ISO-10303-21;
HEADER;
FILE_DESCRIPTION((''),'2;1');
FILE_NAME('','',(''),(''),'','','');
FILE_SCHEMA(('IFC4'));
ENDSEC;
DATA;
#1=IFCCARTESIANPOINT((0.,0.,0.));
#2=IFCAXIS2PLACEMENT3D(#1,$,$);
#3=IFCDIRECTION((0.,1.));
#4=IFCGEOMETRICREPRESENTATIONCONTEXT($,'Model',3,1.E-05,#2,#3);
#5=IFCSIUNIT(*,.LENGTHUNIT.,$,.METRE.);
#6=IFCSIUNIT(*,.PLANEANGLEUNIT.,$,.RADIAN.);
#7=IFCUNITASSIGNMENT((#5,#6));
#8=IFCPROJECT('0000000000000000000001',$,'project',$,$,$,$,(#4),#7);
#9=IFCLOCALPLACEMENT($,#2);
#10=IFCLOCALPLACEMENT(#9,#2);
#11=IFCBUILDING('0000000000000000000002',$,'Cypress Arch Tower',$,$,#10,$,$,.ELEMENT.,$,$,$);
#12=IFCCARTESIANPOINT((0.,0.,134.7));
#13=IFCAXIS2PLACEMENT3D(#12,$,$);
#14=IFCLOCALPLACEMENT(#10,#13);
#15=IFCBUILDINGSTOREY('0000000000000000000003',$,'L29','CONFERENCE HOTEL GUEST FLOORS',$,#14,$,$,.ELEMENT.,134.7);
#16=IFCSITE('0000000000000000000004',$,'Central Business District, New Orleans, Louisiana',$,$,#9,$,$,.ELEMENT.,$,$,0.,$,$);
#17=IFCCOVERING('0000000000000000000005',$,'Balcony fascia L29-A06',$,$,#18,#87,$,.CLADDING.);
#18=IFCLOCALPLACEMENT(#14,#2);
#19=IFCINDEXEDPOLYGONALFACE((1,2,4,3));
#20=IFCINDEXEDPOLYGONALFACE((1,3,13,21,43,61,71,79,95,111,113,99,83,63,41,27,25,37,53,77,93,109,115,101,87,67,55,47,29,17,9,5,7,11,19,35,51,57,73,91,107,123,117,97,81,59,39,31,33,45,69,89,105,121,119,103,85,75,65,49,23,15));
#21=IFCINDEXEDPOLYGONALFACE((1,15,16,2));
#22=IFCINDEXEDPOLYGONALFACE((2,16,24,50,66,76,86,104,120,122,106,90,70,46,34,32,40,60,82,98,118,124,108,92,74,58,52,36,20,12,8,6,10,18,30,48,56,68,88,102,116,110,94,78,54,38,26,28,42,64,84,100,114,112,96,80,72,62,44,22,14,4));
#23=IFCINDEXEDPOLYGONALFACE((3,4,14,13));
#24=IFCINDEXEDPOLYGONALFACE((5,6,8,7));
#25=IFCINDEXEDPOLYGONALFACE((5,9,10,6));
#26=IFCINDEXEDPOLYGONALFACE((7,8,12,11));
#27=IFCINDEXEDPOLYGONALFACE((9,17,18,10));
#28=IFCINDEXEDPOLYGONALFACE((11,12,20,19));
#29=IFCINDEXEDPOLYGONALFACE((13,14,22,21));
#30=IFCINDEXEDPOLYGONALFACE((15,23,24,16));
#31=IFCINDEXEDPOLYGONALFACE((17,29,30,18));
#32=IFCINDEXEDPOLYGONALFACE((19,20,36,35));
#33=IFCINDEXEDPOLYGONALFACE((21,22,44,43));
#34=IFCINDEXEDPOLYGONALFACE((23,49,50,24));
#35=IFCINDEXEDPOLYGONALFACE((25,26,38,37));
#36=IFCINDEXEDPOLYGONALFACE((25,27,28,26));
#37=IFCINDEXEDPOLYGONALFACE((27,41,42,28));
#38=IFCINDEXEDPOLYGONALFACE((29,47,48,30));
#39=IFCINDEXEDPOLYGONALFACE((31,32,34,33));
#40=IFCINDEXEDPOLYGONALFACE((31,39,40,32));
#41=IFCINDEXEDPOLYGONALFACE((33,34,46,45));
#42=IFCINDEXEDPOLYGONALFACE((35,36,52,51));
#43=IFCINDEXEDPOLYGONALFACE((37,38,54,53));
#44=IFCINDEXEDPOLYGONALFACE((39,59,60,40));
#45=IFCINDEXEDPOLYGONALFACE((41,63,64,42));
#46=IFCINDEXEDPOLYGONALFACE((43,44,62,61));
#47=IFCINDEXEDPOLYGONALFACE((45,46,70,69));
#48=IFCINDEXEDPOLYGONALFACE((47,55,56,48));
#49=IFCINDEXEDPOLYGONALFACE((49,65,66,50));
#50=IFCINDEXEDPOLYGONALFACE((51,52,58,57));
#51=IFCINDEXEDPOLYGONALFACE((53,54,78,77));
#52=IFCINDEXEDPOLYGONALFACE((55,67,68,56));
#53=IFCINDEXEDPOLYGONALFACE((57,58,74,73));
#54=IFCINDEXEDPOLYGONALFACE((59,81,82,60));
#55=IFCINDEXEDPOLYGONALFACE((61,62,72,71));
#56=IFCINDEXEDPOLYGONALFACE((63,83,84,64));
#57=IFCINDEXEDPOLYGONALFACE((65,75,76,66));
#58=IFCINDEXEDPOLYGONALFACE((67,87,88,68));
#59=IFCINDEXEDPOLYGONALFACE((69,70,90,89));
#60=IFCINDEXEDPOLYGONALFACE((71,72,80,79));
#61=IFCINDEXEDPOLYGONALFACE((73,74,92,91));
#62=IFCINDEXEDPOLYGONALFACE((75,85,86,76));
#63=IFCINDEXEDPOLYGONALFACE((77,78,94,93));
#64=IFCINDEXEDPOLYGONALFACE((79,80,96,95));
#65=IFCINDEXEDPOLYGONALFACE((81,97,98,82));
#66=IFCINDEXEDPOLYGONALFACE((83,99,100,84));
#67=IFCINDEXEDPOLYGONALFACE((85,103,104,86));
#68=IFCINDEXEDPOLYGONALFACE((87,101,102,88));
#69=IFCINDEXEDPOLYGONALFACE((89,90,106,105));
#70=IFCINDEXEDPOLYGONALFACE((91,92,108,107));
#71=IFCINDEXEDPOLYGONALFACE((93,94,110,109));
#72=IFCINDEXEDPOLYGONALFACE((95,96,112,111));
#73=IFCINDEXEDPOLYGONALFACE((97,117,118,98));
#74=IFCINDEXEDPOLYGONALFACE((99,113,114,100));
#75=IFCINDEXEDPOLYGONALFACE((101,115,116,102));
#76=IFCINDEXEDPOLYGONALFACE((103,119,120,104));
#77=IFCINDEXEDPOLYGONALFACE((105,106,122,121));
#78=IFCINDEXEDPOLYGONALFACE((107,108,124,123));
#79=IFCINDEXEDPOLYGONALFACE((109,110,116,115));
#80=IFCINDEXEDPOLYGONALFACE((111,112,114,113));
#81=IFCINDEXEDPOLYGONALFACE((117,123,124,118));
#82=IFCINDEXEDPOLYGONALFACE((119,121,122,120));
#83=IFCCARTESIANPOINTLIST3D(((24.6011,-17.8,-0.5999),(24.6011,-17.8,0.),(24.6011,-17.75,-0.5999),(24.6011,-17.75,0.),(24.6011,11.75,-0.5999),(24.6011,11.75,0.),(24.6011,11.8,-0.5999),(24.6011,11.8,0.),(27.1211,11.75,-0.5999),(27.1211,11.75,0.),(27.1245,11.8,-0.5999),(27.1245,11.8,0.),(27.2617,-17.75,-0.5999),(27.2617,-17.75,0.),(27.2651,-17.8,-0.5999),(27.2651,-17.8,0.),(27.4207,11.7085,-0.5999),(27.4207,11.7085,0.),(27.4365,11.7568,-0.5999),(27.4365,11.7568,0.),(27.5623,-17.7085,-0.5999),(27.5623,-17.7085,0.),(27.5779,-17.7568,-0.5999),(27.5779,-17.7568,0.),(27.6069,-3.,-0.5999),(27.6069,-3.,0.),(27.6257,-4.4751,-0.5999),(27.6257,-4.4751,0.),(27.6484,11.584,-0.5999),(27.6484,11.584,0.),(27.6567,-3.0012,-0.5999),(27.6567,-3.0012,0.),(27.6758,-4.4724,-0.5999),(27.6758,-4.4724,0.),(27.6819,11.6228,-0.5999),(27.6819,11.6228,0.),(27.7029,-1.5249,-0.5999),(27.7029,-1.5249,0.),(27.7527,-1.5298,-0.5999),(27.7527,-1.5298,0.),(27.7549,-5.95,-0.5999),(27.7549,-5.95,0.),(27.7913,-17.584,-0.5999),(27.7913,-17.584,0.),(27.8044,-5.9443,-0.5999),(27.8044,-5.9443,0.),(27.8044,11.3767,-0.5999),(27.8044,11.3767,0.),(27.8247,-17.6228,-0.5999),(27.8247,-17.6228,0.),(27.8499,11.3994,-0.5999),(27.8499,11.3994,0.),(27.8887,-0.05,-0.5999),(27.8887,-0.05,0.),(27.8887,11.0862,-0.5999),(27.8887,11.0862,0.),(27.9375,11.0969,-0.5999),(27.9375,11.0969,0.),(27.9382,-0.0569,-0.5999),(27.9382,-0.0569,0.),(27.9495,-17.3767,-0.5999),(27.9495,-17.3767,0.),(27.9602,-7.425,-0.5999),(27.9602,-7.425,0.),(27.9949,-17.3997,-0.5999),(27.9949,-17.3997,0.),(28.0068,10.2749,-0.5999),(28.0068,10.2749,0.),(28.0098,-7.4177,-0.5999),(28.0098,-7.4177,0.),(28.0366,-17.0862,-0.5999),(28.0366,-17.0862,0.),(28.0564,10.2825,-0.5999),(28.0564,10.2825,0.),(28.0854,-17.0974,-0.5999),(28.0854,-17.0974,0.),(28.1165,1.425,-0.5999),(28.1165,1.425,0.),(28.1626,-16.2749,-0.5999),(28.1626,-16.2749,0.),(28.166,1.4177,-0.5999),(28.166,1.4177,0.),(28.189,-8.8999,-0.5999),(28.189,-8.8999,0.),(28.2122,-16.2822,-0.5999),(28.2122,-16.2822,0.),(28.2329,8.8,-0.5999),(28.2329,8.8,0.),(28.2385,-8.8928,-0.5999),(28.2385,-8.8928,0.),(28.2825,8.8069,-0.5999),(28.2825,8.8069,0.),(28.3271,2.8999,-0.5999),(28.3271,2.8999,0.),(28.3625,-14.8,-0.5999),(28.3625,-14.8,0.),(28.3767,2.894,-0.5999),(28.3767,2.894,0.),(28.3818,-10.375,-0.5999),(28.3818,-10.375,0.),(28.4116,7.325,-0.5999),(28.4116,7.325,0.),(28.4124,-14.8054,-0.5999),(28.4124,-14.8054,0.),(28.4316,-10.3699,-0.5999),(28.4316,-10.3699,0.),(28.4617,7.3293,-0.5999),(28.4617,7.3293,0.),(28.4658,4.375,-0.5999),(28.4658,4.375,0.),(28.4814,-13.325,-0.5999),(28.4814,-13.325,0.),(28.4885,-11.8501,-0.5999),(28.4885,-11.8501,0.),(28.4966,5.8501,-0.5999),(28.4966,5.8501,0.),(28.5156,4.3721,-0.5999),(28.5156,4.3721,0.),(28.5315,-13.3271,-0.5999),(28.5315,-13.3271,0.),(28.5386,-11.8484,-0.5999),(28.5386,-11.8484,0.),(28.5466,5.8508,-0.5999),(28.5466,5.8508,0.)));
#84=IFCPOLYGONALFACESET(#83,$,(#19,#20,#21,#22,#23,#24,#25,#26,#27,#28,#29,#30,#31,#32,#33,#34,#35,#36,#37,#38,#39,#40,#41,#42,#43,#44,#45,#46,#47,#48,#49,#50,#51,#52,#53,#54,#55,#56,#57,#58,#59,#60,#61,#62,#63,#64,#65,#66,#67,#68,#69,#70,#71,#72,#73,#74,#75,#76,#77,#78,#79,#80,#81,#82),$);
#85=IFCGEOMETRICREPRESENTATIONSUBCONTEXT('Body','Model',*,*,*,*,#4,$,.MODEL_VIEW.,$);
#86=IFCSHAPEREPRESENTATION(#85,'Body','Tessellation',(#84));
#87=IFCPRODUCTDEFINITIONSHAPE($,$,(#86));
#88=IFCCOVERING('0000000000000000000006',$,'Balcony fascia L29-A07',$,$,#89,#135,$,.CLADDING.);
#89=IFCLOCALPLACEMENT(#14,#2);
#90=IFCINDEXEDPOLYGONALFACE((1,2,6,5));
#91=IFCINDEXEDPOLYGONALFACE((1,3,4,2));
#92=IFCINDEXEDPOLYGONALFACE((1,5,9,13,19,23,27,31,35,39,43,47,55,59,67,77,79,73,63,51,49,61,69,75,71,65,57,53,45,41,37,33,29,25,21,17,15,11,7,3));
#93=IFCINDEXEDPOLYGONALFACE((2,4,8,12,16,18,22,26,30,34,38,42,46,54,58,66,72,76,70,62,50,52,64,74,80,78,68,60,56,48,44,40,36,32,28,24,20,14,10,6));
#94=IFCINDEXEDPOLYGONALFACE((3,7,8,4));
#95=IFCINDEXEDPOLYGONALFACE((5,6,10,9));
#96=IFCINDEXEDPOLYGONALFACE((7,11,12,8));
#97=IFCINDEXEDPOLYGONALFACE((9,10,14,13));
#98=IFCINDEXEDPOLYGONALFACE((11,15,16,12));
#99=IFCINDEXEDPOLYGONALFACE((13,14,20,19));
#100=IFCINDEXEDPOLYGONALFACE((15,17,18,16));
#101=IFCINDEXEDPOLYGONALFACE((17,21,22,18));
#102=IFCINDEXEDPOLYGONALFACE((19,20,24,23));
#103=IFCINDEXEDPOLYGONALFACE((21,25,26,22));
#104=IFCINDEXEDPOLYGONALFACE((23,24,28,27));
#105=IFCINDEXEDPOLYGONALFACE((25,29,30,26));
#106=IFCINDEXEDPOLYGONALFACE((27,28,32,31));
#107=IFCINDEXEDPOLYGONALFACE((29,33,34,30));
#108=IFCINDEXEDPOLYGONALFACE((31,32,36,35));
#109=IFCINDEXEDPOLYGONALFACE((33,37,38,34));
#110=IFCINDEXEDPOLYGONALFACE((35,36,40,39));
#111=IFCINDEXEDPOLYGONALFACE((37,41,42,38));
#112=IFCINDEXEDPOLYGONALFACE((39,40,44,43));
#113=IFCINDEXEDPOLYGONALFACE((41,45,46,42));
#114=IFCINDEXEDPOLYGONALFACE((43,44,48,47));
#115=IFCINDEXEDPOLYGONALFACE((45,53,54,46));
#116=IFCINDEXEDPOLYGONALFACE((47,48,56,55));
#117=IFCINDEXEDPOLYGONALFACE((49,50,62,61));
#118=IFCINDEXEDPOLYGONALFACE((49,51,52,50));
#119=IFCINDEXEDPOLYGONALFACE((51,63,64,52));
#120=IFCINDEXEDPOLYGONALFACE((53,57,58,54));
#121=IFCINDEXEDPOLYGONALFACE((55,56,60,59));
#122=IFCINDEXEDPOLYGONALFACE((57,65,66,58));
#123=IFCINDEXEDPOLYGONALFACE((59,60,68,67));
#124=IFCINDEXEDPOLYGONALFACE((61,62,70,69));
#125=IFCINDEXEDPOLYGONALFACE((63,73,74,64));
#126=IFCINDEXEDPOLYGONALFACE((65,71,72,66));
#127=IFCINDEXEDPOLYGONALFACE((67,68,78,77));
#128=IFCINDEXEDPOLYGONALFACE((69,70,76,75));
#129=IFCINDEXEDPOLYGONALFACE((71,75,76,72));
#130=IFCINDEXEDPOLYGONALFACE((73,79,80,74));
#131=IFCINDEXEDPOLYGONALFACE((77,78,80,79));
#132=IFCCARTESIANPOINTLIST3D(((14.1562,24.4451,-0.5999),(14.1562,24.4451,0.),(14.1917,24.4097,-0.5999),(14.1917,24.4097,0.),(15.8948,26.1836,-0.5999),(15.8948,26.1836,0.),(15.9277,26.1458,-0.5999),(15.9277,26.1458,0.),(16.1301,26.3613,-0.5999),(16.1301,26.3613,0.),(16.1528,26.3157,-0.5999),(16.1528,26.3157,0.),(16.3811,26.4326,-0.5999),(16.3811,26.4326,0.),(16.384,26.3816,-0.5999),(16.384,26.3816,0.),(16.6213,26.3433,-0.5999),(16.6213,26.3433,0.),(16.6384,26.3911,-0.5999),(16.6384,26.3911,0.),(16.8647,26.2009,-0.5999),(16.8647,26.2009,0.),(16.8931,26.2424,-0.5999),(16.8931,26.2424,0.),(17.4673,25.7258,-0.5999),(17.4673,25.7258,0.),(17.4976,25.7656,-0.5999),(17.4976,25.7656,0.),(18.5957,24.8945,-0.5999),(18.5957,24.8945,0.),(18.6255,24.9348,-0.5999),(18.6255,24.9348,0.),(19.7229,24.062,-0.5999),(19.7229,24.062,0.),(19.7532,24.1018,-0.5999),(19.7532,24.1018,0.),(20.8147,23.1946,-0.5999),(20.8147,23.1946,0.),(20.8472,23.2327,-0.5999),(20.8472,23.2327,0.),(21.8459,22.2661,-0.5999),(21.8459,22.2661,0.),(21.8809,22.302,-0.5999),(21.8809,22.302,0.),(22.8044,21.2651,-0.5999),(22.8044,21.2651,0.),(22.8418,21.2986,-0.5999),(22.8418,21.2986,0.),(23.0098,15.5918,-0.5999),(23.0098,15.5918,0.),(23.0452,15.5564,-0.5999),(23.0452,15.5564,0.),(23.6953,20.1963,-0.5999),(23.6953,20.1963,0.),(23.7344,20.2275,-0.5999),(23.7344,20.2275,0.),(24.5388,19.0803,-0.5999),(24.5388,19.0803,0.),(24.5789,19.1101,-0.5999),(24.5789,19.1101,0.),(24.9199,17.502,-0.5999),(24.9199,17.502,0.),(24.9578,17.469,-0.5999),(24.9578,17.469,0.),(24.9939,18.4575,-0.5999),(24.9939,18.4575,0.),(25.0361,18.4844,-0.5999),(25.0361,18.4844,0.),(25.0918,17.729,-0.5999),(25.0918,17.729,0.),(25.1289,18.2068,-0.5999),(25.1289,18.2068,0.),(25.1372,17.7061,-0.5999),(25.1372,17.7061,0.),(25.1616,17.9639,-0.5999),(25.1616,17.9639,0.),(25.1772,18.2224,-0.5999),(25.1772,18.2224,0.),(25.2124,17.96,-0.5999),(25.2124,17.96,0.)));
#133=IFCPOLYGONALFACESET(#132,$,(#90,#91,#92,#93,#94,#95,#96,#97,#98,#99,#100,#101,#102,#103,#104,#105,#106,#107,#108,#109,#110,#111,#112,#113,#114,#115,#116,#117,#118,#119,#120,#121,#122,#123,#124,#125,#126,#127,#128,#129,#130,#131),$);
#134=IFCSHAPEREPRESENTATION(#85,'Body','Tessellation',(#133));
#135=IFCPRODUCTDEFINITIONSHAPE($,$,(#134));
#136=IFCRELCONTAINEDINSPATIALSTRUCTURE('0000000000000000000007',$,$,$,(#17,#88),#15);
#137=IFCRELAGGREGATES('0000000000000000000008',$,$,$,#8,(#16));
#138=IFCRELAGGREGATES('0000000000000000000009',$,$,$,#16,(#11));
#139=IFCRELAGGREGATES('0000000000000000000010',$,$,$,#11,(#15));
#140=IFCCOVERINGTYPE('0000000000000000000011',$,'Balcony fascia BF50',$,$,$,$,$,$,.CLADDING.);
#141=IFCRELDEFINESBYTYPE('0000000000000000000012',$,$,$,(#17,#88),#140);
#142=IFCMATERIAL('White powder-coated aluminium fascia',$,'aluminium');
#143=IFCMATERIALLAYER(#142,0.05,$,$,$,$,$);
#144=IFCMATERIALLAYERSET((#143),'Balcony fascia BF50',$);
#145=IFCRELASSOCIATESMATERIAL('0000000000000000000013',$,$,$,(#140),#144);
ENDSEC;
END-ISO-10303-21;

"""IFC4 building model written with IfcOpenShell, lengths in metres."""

from ifc_helpers import new_model, si_unit, direction, frame, origin, place, context, subcontext, project, spatial, polyline, outline, extrude, material, layer, layer_set, type_object, element, save


model = new_model("IFC4")

# Units and contexts
model_context = context("Model", 3, precision=1e-05, world=origin(), true_north=direction((0.0, 1.0)))
body_context = subcontext(model_context, "Body", "Model", "MODEL_VIEW")
ifc_project = project(units=[si_unit("LENGTHUNIT", "METRE"), si_unit("PLANEANGLEUNIT", "RADIAN")], contexts=[model_context])

# Site, building, storey
site_placement = place(None, origin())
site = spatial("IfcSite", under=ifc_project, at=site_placement, Name="Central Business District, New Orleans, Louisiana", CompositionType="ELEMENT", RefElevation=0.0)
building_placement = place(site_placement, origin())
building = spatial("IfcBuilding", under=site, at=building_placement, Name="Cypress Arch Tower", CompositionType="ELEMENT")
storey_placement = place(building_placement, frame((0.0, 0.0, 134.7)))
storey = spatial("IfcBuildingStorey", under=building, at=storey_placement, Name="L29", Description="CONFERENCE HOTEL GUEST FLOORS", CompositionType="ELEMENT", Elevation=134.7)

# Coverings
ifc_material_1 = material(Name="White powder-coated aluminium fascia", Category="aluminium")
ifc_layer_1 = layer(ifc_material_1, 0.05)
ifc_layer_set_1 = layer_set([ifc_layer_1], Name="Balcony fascia BF50")
covering_type_1 = type_object("IfcCoveringType", Name="Balcony fascia BF50", PredefinedType="CLADDING", material=ifc_layer_set_1)
covering_1_placement = place(storey_placement, frame((0.0, 0.0, -0.5999)))
element("IfcCovering", 1, at=covering_1_placement, inside=storey, type_object=covering_type_1, Name="Balcony fascia L29-A06", PredefinedType="CLADDING", context=body_context, shape_type="SweptSolid", body=[
    extrude(outline(polyline([(27.1245, 11.8), (27.4365, 11.7568), (27.6819, 11.6228), (27.8499, 11.3994), (27.9375, 11.0969), (28.0564, 10.2825), (28.2825, 8.8069), (28.4617, 7.3293), (28.5466, 5.8508), (28.5156, 4.3721), (28.3767, 2.894), (28.166, 1.4177), (27.9382, -0.0569), (27.7527, -1.5298), (27.6567, -3.0012), (27.6758, -4.4724), (27.8044, -5.9443), (28.0098, -7.4177), (28.2385, -8.8928), (28.4316, -10.3699), (28.5386, -11.8484), (28.5315, -13.3271), (28.4124, -14.8054), (28.2122, -16.2822), (28.0854, -17.0974), (27.9949, -17.3997), (27.8247, -17.6228), (27.5779, -17.7568), (27.2651, -17.8), (24.6011, -17.8), (24.6011, -17.75), (27.2617, -17.75), (27.5623, -17.7085), (27.7913, -17.584), (27.9495, -17.3767), (28.0366, -17.0862), (28.1626, -16.2749), (28.3625, -14.8), (28.4814, -13.325), (28.4885, -11.8501), (28.3818, -10.375), (28.189, -8.8999), (27.9602, -7.425), (27.7549, -5.95), (27.6257, -4.4751), (27.6069, -3.0), (27.7029, -1.5249), (27.8887, -0.05), (28.1165, 1.425), (28.3271, 2.8999), (28.4658, 4.375), (28.4966, 5.8501), (28.4116, 7.325), (28.2329, 8.8), (28.0068, 10.2749), (27.8887, 11.0862), (27.8044, 11.3767), (27.6484, 11.584), (27.4207, 11.7085), (27.1211, 11.75), (24.6011, 11.75), (24.6011, 11.8), (27.1245, 11.8)])), origin(), (0.0, 0.0, 1.0), 0.5999),
])
covering_2_placement = place(storey_placement, frame((0.0, 0.0, -0.5999)))
element("IfcCovering", 2, at=covering_2_placement, inside=storey, type_object=covering_type_1, Name="Balcony fascia L29-A07", PredefinedType="CLADDING", context=body_context, shape_type="SweptSolid", body=[
    extrude(outline(polyline([(15.8948, 26.1836), (16.1301, 26.3613), (16.3811, 26.4326), (16.6384, 26.3911), (16.8931, 26.2424), (17.4976, 25.7656), (18.6255, 24.9348), (19.7532, 24.1018), (20.8472, 23.2327), (21.8809, 22.302), (22.8418, 21.2986), (23.7344, 20.2275), (24.5789, 19.1101), (25.0361, 18.4844), (25.1772, 18.2224), (25.2124, 17.96), (25.1372, 17.7061), (24.9578, 17.469), (23.0452, 15.5564), (23.0098, 15.5918), (24.9199, 17.502), (25.0918, 17.729), (25.1616, 17.9639), (25.1289, 18.2068), (24.9939, 18.4575), (24.5388, 19.0803), (23.6953, 20.1963), (22.8044, 21.2651), (21.8459, 22.2661), (20.8147, 23.1946), (19.7229, 24.062), (18.5957, 24.8945), (17.4673, 25.7258), (16.8647, 26.2009), (16.6213, 26.3433), (16.384, 26.3816), (16.1528, 26.3157), (15.9277, 26.1458), (14.1917, 24.4097), (14.1562, 24.4451), (15.8948, 26.1836)])), origin(), (0.0, 0.0, 1.0), 0.5999),
])

save(model, "model.ifc")
